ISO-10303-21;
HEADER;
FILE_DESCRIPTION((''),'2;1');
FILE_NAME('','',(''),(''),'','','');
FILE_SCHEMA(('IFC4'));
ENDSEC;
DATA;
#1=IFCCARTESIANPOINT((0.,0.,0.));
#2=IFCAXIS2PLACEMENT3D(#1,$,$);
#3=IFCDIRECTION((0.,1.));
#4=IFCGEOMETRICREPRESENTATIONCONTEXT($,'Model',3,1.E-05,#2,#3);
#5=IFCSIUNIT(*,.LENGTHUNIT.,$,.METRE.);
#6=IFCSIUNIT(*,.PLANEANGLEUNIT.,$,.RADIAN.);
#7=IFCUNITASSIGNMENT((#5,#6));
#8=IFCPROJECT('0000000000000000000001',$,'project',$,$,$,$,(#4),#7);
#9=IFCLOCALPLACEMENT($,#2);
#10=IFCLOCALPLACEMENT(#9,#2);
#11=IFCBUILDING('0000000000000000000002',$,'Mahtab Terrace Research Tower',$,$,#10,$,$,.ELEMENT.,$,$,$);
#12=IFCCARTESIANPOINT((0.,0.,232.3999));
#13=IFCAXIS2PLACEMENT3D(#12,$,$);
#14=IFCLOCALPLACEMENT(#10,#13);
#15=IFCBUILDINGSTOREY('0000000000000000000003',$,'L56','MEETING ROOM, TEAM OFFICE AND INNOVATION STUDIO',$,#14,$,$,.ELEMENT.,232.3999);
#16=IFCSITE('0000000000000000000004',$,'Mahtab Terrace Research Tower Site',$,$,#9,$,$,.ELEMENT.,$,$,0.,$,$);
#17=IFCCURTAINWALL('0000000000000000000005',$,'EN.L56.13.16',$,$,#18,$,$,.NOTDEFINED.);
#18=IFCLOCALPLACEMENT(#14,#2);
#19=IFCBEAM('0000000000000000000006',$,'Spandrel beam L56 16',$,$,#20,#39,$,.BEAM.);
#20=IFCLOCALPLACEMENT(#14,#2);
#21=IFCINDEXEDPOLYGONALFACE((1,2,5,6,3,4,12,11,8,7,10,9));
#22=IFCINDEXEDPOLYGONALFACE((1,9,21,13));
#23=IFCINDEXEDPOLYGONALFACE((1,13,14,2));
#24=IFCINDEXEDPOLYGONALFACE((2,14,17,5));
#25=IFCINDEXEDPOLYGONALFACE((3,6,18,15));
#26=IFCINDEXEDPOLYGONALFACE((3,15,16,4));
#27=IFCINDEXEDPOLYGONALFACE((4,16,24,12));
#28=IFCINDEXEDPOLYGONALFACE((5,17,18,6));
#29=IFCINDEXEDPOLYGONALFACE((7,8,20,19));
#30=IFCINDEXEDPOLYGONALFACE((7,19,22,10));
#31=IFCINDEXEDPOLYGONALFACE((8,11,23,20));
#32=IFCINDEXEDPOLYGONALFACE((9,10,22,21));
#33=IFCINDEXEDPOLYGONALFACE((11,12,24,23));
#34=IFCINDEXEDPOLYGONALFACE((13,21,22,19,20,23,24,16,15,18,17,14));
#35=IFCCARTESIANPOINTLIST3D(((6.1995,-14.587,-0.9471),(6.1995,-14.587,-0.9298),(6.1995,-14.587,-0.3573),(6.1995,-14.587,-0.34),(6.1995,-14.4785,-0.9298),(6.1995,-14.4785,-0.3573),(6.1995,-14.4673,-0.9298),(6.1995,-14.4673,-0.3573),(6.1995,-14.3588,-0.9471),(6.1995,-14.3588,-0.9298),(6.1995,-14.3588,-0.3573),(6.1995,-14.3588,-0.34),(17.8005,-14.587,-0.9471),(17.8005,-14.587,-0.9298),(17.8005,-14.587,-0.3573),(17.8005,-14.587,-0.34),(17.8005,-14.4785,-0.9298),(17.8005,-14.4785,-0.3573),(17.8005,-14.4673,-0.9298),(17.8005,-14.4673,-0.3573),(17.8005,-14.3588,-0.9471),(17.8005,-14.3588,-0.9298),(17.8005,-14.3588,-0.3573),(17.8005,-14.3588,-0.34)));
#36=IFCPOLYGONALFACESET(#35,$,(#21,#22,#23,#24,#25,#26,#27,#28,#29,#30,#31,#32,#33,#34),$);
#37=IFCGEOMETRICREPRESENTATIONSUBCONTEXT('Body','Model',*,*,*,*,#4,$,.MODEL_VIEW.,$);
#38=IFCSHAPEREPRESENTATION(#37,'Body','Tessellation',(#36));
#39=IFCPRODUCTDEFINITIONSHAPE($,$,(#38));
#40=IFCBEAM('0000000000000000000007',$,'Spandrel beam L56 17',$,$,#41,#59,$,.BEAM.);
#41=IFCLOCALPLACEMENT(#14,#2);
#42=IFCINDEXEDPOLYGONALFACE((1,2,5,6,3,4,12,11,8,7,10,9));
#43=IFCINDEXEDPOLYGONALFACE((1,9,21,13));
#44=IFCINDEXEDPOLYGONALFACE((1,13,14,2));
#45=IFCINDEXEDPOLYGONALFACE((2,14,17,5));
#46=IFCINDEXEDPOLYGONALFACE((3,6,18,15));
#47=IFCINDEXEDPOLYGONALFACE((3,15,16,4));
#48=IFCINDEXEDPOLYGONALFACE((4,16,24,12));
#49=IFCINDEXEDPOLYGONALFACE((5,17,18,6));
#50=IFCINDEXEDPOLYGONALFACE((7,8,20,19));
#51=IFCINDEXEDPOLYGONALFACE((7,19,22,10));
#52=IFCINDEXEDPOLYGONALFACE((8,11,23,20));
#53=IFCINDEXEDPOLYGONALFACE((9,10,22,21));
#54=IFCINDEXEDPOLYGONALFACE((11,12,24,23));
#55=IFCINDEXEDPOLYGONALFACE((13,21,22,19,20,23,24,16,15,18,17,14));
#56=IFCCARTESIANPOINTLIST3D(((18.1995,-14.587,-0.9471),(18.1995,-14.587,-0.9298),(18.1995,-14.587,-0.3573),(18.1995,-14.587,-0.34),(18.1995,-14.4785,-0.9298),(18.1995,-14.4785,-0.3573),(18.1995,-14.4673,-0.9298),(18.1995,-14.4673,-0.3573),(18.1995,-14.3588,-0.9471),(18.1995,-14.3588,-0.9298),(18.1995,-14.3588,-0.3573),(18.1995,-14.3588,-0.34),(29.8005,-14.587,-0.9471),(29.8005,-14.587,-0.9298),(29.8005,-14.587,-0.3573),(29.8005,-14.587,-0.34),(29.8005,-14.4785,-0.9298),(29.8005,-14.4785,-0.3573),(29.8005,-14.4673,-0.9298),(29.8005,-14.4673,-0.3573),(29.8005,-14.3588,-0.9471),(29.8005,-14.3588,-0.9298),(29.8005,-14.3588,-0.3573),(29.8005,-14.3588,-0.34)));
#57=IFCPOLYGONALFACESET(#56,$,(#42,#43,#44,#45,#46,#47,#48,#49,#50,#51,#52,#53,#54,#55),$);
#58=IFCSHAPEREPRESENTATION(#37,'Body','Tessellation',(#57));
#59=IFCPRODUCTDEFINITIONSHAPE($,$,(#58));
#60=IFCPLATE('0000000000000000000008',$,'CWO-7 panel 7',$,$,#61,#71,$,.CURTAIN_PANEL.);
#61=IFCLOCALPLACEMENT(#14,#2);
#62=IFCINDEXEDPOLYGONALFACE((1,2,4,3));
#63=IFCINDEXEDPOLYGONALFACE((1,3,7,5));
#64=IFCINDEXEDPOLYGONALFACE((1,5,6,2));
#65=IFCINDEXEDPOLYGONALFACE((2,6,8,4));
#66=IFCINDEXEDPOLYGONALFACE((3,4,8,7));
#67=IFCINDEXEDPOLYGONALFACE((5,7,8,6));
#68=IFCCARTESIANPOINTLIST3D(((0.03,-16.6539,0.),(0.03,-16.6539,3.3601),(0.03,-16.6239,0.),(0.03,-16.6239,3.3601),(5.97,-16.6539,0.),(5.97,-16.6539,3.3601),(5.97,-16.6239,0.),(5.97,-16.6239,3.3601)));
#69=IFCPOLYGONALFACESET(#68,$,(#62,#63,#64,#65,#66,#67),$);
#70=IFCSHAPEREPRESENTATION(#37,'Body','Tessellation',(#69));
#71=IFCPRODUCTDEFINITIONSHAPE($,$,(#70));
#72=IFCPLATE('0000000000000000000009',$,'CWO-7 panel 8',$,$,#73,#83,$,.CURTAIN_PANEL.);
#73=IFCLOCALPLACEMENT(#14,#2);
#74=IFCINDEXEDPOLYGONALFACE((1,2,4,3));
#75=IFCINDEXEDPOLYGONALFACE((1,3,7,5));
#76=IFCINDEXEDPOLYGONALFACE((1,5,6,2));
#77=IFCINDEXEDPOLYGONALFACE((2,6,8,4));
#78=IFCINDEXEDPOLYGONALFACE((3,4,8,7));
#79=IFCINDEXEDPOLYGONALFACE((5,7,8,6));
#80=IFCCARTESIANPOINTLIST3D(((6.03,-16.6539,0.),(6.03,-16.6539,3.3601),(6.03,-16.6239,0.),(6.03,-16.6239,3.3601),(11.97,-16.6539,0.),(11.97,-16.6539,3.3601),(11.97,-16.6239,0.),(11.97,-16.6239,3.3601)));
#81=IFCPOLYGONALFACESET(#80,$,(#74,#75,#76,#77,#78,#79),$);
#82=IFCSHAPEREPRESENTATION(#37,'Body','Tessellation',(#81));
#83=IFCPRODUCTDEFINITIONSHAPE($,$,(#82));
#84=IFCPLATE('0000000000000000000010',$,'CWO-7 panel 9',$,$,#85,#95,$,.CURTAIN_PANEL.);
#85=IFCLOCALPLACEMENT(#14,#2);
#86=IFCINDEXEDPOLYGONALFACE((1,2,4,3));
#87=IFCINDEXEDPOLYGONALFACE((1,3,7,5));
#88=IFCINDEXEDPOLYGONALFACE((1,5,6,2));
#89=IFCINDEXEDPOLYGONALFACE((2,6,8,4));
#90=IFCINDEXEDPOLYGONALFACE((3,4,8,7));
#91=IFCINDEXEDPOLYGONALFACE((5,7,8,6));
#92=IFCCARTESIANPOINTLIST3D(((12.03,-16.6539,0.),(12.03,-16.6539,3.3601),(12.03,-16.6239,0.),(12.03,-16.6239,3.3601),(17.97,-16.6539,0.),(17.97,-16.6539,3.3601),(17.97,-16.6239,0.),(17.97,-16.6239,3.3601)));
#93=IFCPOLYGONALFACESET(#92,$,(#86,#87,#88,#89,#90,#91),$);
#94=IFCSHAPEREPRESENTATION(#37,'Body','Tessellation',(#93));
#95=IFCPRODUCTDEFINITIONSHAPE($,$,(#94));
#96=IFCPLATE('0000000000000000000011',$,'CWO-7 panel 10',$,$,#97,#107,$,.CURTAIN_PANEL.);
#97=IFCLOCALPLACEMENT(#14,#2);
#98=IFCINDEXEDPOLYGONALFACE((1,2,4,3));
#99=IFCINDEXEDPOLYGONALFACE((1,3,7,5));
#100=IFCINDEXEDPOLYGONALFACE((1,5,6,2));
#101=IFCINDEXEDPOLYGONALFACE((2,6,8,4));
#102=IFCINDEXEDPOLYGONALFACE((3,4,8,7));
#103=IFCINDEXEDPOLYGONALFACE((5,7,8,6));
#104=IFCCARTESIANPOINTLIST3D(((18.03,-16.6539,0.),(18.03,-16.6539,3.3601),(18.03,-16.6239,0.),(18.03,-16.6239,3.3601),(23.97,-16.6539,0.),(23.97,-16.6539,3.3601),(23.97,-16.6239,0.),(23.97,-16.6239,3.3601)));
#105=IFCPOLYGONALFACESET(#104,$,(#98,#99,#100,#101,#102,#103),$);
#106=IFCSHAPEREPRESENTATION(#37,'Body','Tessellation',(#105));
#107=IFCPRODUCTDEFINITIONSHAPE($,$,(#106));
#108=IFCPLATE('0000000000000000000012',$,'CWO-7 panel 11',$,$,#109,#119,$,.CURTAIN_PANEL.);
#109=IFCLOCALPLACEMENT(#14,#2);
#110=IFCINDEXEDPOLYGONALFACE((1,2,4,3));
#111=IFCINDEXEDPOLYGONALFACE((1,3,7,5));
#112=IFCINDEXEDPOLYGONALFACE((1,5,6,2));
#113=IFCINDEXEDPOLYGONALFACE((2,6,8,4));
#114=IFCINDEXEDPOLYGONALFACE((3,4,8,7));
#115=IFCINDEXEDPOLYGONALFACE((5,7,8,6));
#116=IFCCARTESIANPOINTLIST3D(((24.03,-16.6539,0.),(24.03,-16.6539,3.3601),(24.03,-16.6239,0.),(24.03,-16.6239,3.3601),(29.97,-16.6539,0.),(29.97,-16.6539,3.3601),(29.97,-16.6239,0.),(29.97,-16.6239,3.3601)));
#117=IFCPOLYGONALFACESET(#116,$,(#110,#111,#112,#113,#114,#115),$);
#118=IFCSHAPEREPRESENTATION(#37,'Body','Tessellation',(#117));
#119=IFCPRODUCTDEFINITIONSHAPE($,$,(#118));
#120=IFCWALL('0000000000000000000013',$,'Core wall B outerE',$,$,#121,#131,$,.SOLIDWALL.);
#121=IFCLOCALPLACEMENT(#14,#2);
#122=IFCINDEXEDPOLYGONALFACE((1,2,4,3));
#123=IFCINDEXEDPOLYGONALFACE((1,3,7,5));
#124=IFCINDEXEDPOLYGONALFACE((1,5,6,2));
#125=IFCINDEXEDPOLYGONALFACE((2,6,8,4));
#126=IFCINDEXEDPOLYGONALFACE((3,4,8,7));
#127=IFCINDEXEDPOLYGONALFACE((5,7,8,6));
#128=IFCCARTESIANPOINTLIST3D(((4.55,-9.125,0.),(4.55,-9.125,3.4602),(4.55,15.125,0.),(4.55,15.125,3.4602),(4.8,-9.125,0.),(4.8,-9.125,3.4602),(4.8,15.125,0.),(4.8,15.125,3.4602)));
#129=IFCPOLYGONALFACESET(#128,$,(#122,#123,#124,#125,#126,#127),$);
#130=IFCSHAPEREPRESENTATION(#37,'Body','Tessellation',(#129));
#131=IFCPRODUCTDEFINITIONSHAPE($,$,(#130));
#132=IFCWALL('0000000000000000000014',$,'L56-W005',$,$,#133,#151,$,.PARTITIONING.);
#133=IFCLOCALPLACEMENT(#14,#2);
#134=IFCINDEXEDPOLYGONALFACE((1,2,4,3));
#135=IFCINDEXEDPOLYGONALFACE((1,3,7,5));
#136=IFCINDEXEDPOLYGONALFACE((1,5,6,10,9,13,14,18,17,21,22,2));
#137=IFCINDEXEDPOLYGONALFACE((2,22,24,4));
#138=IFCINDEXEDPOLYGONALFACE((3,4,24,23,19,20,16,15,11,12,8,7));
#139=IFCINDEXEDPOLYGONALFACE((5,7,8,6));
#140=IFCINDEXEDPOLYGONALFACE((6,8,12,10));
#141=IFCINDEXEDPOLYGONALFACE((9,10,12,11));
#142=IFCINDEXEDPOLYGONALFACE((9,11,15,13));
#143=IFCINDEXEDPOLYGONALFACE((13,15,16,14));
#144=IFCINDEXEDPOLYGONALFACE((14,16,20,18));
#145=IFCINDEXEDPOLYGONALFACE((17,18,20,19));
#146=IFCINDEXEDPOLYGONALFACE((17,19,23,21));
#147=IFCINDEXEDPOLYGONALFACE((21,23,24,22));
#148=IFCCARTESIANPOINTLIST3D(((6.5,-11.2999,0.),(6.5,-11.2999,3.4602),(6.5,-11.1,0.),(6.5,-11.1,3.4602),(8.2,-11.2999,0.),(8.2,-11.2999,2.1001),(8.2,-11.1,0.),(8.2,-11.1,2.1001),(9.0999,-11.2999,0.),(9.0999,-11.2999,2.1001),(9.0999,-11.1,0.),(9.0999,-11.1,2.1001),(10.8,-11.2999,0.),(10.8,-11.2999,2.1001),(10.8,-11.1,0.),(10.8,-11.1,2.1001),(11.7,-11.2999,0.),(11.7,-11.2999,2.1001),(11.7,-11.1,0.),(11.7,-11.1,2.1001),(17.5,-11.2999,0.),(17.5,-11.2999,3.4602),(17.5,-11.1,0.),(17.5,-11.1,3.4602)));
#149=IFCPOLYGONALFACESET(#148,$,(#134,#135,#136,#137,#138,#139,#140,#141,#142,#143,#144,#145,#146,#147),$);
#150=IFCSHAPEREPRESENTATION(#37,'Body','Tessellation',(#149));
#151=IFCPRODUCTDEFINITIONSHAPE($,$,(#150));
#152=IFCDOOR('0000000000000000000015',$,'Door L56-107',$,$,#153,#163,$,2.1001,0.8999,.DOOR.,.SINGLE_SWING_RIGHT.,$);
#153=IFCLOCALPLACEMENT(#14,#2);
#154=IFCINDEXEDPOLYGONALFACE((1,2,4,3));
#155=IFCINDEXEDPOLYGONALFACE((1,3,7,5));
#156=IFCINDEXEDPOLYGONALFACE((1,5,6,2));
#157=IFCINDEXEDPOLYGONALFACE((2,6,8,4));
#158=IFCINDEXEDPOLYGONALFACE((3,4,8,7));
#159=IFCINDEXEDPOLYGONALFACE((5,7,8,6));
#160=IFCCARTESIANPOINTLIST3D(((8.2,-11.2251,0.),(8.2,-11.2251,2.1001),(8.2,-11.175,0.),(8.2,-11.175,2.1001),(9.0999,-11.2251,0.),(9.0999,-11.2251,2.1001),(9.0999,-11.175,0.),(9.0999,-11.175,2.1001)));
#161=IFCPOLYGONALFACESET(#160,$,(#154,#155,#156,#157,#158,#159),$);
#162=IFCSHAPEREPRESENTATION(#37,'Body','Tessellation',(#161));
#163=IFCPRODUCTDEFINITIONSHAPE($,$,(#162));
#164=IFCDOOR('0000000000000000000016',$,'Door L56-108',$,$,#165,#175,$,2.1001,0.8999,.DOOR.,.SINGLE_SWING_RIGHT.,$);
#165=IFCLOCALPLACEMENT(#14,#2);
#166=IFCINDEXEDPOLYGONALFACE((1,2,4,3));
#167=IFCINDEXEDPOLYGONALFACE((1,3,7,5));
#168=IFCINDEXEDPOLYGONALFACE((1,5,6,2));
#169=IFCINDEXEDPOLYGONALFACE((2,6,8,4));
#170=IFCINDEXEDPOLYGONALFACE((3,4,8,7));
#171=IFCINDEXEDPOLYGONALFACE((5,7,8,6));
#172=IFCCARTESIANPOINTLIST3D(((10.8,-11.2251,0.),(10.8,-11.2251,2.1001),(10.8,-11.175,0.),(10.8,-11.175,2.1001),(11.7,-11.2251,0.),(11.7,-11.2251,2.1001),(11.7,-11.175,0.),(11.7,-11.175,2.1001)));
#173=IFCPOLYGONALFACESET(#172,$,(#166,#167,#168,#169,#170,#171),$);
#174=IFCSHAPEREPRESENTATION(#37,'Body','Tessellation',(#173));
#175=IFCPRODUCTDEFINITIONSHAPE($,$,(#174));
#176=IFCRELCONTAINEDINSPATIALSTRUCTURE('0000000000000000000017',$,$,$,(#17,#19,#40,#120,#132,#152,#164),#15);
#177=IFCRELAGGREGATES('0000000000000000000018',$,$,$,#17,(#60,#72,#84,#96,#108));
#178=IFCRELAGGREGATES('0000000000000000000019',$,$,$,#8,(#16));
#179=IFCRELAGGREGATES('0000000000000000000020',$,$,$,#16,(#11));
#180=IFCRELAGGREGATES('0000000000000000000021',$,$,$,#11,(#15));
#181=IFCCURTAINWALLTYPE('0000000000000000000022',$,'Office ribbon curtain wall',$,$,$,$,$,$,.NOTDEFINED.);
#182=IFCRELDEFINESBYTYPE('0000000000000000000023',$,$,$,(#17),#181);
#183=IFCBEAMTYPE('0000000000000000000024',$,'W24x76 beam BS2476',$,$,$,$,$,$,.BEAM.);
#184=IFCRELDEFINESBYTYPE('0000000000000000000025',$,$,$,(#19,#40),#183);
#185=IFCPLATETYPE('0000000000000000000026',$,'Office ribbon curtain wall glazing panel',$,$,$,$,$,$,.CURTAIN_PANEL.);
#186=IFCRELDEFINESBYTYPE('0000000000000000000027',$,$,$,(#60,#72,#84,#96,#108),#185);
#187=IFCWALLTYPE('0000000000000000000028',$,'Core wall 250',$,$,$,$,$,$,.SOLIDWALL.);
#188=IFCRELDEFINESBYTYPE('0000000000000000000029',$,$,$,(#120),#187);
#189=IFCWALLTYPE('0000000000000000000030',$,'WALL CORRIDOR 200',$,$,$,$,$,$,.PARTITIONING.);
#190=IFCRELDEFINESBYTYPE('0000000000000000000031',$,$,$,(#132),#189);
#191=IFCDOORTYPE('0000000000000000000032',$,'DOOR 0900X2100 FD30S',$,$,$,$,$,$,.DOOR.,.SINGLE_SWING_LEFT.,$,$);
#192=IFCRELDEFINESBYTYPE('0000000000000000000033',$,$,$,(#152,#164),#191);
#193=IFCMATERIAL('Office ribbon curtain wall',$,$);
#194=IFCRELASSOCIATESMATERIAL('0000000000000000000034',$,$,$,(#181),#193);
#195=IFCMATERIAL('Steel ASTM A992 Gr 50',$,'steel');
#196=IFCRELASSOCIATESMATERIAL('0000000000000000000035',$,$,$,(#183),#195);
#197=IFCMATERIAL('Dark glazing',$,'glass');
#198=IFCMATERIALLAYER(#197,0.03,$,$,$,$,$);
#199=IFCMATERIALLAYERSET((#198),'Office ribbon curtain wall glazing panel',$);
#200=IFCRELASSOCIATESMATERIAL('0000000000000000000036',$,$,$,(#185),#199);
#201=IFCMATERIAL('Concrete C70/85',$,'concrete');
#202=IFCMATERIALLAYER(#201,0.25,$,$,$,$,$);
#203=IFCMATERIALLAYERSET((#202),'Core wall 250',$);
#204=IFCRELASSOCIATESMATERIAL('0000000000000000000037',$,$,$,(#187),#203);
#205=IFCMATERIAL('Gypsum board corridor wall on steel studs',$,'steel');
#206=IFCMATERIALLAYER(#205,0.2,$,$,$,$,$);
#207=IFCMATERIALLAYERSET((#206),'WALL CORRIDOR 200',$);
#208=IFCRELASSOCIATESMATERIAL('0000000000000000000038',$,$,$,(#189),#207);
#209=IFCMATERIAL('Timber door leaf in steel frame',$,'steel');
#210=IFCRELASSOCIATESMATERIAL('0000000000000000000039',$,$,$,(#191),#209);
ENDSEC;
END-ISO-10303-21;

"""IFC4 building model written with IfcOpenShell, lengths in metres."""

from ifc_helpers import new_model, si_unit, direction, frame, frame_2d, origin, origin_2d, place, context, subcontext, project, spatial, rectangle, i_section, extrude, material, layer, layer_set, material_profile, profile_set, type_object, element, fill, aggregate, save


model = new_model("IFC4")

# Units and contexts
model_context = context("Model", 3, precision=1e-05, world=origin(), true_north=direction((0.0, 1.0)))
body_context = subcontext(model_context, "Body", "Model", "MODEL_VIEW")
ifc_project = project(units=[si_unit("LENGTHUNIT", "METRE"), si_unit("PLANEANGLEUNIT", "RADIAN")], contexts=[model_context])

# Site, building, storey
site_placement = place(None, origin())
site = spatial("IfcSite", under=ifc_project, at=site_placement, Name="Mahtab Terrace Research Tower Site", CompositionType="ELEMENT", RefElevation=0.0)
building_placement = place(site_placement, origin())
building = spatial("IfcBuilding", under=site, at=building_placement, Name="Mahtab Terrace Research Tower", CompositionType="ELEMENT")
storey_placement = place(building_placement, frame((0.0, 0.0, 232.3999)))
storey = spatial("IfcBuildingStorey", under=building, at=storey_placement, Name="L56", Description="MEETING ROOM, TEAM OFFICE AND INNOVATION STUDIO", CompositionType="ELEMENT", Elevation=232.3999)

# Shared definitions
ifc_material_1 = material(Name="Concrete C70/85", Category="concrete")
ifc_material_2 = material(Name="Steel ASTM A992 Gr 50", Category="steel")

# Curtain wall
ifc_material_3 = material(Name="Office ribbon curtain wall")
curtain_wall_type = type_object("IfcCurtainWallType", Name="Office ribbon curtain wall", PredefinedType="NOTDEFINED", material=ifc_material_3)
curtain_wall_placement = place(storey_placement, origin())
curtain_wall = element("IfcCurtainWall", 1, at=curtain_wall_placement, inside=storey, type_object=curtain_wall_type, Name="EN.L56.13.16", PredefinedType="NOTDEFINED")

# Beams
ifc_material_profile_1 = material_profile(ifc_material_2, i_section(OverallWidth=0.2283, OverallDepth=0.6072, WebThickness=0.0112, FlangeThickness=0.0173, at=origin_2d()), Name="W24X76")
ifc_profile_set_1 = profile_set([ifc_material_profile_1], Name="Steel ASTM A992 Gr 50")
beam_type = type_object("IfcBeamType", Name="W24x76 beam BS2476", PredefinedType="BEAM", material=ifc_profile_set_1)
for number, where, z_axis, x_axis, name in (
    (2, (6.1995, -14.4729, -0.6436), (1.0, 0.0, 0.0), (0.0, 1.0, 0.0), "Spandrel beam L56 16"),
    (3, (18.1995, -14.4729, -0.6436), (1.0, 0.0, 0.0), (0.0, 1.0, 0.0), "Spandrel beam L56 17"),
):
    element("IfcBeam", number, at=place(storey_placement, frame(where, z_axis=z_axis, x_axis=x_axis)), inside=storey, type_object=beam_type, Name=name, PredefinedType="BEAM", context=body_context, shape_type="SweptSolid", body=[
        extrude(i_section(OverallWidth=0.2283, OverallDepth=0.6072, WebThickness=0.0112, FlangeThickness=0.0173, at=origin_2d()), origin(), (0.0, 0.0, 1.0), 11.6011),
    ])

# Plates
ifc_material_4 = material(Name="Dark glazing", Category="glass")
ifc_layer_1 = layer(ifc_material_4, 0.03)
ifc_layer_set_1 = layer_set([ifc_layer_1], Name="Office ribbon curtain wall glazing panel")
plate_type = type_object("IfcPlateType", Name="Office ribbon curtain wall glazing panel", PredefinedType="CURTAIN_PANEL", material=ifc_layer_set_1)
plate_1_placement = place(storey_placement, frame((3.0, -16.6389, 0.0), z_axis=(0.0, 0.0, 1.0), x_axis=(1.0, 0.0, 0.0)))
plate_1 = element("IfcPlate", 4, at=plate_1_placement, type_object=plate_type, Name="CWO-7 panel 7", PredefinedType="CURTAIN_PANEL", context=body_context, shape_type="SweptSolid", body=[
    extrude(rectangle(XDim=5.9399, YDim=0.03, at=origin_2d()), origin(), (0.0, 0.0, 1.0), 3.3601),
])
plate_2_placement = place(storey_placement, frame((9.0, -16.6389, 0.0), z_axis=(0.0, 0.0, 1.0), x_axis=(1.0, 0.0, 0.0)))
plate_2 = element("IfcPlate", 5, at=plate_2_placement, type_object=plate_type, Name="CWO-7 panel 8", PredefinedType="CURTAIN_PANEL", context=body_context, shape_type="SweptSolid", body=[
    extrude(rectangle(XDim=5.9399, YDim=0.03, at=origin_2d()), origin(), (0.0, 0.0, 1.0), 3.3601),
])
plate_3_placement = place(storey_placement, frame((15.0, -16.6389, 0.0), z_axis=(0.0, 0.0, 1.0), x_axis=(1.0, 0.0, 0.0)))
plate_3 = element("IfcPlate", 6, at=plate_3_placement, type_object=plate_type, Name="CWO-7 panel 9", PredefinedType="CURTAIN_PANEL", context=body_context, shape_type="SweptSolid", body=[
    extrude(rectangle(XDim=5.9399, YDim=0.03, at=origin_2d()), origin(), (0.0, 0.0, 1.0), 3.3601),
])
plate_4_placement = place(storey_placement, frame((21.0, -16.6389, 0.0), z_axis=(0.0, 0.0, 1.0), x_axis=(1.0, 0.0, 0.0)))
plate_4 = element("IfcPlate", 7, at=plate_4_placement, type_object=plate_type, Name="CWO-7 panel 10", PredefinedType="CURTAIN_PANEL", context=body_context, shape_type="SweptSolid", body=[
    extrude(rectangle(XDim=5.9399, YDim=0.03, at=origin_2d()), origin(), (0.0, 0.0, 1.0), 3.3601),
])
plate_5_placement = place(storey_placement, frame((27.0, -16.6389, 0.0), z_axis=(0.0, 0.0, 1.0), x_axis=(1.0, 0.0, 0.0)))
plate_5 = element("IfcPlate", 8, at=plate_5_placement, type_object=plate_type, Name="CWO-7 panel 11", PredefinedType="CURTAIN_PANEL", context=body_context, shape_type="SweptSolid", body=[
    extrude(rectangle(XDim=5.9399, YDim=0.03, at=origin_2d()), origin(), (0.0, 0.0, 1.0), 3.3601),
])
aggregate(curtain_wall, [plate_1, plate_2, plate_3, plate_4, plate_5])

# Wall
ifc_layer_2 = layer(ifc_material_1, 0.25)
ifc_layer_set_2 = layer_set([ifc_layer_2], Name="Core wall 250")
wall_type_1 = type_object("IfcWallType", Name="Core wall 250", PredefinedType="SOLIDWALL", material=ifc_layer_set_2)
wall_1_placement = place(storey_placement, frame((4.675, -9.125, 0.0), z_axis=(0.0, 0.0, 1.0), x_axis=(0.0, 1.0, 0.0)))
element("IfcWall", 9, at=wall_1_placement, inside=storey, type_object=wall_type_1, Name="Core wall B outerE", PredefinedType="SOLIDWALL", context=body_context, shape_type="SweptSolid", body=[
    extrude(rectangle(XDim=24.25, YDim=0.25, at=frame_2d((12.125, 0.0))), origin(), (0.0, 0.0, 1.0), 3.4602),
])

# Wall, openings, doors
ifc_material_5 = material(Name="Gypsum board corridor wall on steel studs", Category="steel")
ifc_layer_3 = layer(ifc_material_5, 0.2)
ifc_layer_set_3 = layer_set([ifc_layer_3], Name="WALL CORRIDOR 200")
wall_type_2 = type_object("IfcWallType", Name="WALL CORRIDOR 200", PredefinedType="PARTITIONING", material=ifc_layer_set_3)
wall_2_placement = place(storey_placement, frame((6.5, -11.2, 0.0), z_axis=(0.0, 0.0, 1.0), x_axis=(1.0, 0.0, 0.0)))
wall_2 = element("IfcWall", 10, at=wall_2_placement, inside=storey, type_object=wall_type_2, Name="L56-W005", PredefinedType="PARTITIONING", context=body_context, shape_type="SweptSolid", body=[
    extrude(rectangle(XDim=11.0, YDim=0.2, at=frame_2d((5.5, 0.0))), origin(), (0.0, 0.0, 1.0), 3.4602),
])
opening_1_placement = place(wall_2_placement, frame((1.7, 0.0, 0.0)))
opening_1 = element("IfcOpeningElement", 11, at=opening_1_placement, cuts=wall_2, PredefinedType="OPENING", context=body_context, shape_type="SweptSolid", body=[
    extrude(rectangle(XDim=0.8999, YDim=2.1001, at=frame_2d((0.45, 1.05))), frame((0.0, 0.1099, 0.0), z_axis=(0.0, -1.0, 0.0), x_axis=(1.0, 0.0, 0.0)), (0.0, 0.0, 1.0), 0.22),
])
opening_2_placement = place(wall_2_placement, frame((4.3, 0.0, 0.0)))
opening_2 = element("IfcOpeningElement", 12, at=opening_2_placement, cuts=wall_2, PredefinedType="OPENING", context=body_context, shape_type="SweptSolid", body=[
    extrude(rectangle(XDim=0.8999, YDim=2.1001, at=frame_2d((0.45, 1.05))), frame((0.0, 0.1099, 0.0), z_axis=(0.0, -1.0, 0.0), x_axis=(1.0, 0.0, 0.0)), (0.0, 0.0, 1.0), 0.22),
])
ifc_material_6 = material(Name="Timber door leaf in steel frame", Category="steel")
door_type_1 = type_object("IfcDoorType", Name="DOOR 0900X2100 FD30S", OperationType="SINGLE_SWING_LEFT", PredefinedType="DOOR", material=ifc_material_6)
door_1_placement = place(opening_1_placement, origin())
door_1 = element("IfcDoor", 13, at=door_1_placement, inside=storey, type_object=door_type_1, Name="Door L56-107", OperationType="SINGLE_SWING_RIGHT", OverallHeight=2.1001, OverallWidth=0.8999, PredefinedType="DOOR", context=body_context, shape_type="SweptSolid", body=[
    extrude(rectangle(XDim=0.8999, YDim=2.1001, at=frame_2d((0.45, 1.05))), frame((0.0, 0.0249, 0.0), z_axis=(0.0, -1.0, 0.0), x_axis=(1.0, 0.0, 0.0)), (0.0, 0.0, 1.0), 0.05),
])
fill(opening_1, door_1)
door_2_placement = place(opening_2_placement, origin())
door_2 = element("IfcDoor", 14, at=door_2_placement, inside=storey, type_object=door_type_1, Name="Door L56-108", OperationType="SINGLE_SWING_RIGHT", OverallHeight=2.1001, OverallWidth=0.8999, PredefinedType="DOOR", context=body_context, shape_type="SweptSolid", body=[
    extrude(rectangle(XDim=0.8999, YDim=2.1001, at=frame_2d((0.45, 1.05))), frame((0.0, 0.0249, 0.0), z_axis=(0.0, -1.0, 0.0), x_axis=(1.0, 0.0, 0.0)), (0.0, 0.0, 1.0), 0.05),
])
fill(opening_2, door_2)

save(model, "model.ifc")
